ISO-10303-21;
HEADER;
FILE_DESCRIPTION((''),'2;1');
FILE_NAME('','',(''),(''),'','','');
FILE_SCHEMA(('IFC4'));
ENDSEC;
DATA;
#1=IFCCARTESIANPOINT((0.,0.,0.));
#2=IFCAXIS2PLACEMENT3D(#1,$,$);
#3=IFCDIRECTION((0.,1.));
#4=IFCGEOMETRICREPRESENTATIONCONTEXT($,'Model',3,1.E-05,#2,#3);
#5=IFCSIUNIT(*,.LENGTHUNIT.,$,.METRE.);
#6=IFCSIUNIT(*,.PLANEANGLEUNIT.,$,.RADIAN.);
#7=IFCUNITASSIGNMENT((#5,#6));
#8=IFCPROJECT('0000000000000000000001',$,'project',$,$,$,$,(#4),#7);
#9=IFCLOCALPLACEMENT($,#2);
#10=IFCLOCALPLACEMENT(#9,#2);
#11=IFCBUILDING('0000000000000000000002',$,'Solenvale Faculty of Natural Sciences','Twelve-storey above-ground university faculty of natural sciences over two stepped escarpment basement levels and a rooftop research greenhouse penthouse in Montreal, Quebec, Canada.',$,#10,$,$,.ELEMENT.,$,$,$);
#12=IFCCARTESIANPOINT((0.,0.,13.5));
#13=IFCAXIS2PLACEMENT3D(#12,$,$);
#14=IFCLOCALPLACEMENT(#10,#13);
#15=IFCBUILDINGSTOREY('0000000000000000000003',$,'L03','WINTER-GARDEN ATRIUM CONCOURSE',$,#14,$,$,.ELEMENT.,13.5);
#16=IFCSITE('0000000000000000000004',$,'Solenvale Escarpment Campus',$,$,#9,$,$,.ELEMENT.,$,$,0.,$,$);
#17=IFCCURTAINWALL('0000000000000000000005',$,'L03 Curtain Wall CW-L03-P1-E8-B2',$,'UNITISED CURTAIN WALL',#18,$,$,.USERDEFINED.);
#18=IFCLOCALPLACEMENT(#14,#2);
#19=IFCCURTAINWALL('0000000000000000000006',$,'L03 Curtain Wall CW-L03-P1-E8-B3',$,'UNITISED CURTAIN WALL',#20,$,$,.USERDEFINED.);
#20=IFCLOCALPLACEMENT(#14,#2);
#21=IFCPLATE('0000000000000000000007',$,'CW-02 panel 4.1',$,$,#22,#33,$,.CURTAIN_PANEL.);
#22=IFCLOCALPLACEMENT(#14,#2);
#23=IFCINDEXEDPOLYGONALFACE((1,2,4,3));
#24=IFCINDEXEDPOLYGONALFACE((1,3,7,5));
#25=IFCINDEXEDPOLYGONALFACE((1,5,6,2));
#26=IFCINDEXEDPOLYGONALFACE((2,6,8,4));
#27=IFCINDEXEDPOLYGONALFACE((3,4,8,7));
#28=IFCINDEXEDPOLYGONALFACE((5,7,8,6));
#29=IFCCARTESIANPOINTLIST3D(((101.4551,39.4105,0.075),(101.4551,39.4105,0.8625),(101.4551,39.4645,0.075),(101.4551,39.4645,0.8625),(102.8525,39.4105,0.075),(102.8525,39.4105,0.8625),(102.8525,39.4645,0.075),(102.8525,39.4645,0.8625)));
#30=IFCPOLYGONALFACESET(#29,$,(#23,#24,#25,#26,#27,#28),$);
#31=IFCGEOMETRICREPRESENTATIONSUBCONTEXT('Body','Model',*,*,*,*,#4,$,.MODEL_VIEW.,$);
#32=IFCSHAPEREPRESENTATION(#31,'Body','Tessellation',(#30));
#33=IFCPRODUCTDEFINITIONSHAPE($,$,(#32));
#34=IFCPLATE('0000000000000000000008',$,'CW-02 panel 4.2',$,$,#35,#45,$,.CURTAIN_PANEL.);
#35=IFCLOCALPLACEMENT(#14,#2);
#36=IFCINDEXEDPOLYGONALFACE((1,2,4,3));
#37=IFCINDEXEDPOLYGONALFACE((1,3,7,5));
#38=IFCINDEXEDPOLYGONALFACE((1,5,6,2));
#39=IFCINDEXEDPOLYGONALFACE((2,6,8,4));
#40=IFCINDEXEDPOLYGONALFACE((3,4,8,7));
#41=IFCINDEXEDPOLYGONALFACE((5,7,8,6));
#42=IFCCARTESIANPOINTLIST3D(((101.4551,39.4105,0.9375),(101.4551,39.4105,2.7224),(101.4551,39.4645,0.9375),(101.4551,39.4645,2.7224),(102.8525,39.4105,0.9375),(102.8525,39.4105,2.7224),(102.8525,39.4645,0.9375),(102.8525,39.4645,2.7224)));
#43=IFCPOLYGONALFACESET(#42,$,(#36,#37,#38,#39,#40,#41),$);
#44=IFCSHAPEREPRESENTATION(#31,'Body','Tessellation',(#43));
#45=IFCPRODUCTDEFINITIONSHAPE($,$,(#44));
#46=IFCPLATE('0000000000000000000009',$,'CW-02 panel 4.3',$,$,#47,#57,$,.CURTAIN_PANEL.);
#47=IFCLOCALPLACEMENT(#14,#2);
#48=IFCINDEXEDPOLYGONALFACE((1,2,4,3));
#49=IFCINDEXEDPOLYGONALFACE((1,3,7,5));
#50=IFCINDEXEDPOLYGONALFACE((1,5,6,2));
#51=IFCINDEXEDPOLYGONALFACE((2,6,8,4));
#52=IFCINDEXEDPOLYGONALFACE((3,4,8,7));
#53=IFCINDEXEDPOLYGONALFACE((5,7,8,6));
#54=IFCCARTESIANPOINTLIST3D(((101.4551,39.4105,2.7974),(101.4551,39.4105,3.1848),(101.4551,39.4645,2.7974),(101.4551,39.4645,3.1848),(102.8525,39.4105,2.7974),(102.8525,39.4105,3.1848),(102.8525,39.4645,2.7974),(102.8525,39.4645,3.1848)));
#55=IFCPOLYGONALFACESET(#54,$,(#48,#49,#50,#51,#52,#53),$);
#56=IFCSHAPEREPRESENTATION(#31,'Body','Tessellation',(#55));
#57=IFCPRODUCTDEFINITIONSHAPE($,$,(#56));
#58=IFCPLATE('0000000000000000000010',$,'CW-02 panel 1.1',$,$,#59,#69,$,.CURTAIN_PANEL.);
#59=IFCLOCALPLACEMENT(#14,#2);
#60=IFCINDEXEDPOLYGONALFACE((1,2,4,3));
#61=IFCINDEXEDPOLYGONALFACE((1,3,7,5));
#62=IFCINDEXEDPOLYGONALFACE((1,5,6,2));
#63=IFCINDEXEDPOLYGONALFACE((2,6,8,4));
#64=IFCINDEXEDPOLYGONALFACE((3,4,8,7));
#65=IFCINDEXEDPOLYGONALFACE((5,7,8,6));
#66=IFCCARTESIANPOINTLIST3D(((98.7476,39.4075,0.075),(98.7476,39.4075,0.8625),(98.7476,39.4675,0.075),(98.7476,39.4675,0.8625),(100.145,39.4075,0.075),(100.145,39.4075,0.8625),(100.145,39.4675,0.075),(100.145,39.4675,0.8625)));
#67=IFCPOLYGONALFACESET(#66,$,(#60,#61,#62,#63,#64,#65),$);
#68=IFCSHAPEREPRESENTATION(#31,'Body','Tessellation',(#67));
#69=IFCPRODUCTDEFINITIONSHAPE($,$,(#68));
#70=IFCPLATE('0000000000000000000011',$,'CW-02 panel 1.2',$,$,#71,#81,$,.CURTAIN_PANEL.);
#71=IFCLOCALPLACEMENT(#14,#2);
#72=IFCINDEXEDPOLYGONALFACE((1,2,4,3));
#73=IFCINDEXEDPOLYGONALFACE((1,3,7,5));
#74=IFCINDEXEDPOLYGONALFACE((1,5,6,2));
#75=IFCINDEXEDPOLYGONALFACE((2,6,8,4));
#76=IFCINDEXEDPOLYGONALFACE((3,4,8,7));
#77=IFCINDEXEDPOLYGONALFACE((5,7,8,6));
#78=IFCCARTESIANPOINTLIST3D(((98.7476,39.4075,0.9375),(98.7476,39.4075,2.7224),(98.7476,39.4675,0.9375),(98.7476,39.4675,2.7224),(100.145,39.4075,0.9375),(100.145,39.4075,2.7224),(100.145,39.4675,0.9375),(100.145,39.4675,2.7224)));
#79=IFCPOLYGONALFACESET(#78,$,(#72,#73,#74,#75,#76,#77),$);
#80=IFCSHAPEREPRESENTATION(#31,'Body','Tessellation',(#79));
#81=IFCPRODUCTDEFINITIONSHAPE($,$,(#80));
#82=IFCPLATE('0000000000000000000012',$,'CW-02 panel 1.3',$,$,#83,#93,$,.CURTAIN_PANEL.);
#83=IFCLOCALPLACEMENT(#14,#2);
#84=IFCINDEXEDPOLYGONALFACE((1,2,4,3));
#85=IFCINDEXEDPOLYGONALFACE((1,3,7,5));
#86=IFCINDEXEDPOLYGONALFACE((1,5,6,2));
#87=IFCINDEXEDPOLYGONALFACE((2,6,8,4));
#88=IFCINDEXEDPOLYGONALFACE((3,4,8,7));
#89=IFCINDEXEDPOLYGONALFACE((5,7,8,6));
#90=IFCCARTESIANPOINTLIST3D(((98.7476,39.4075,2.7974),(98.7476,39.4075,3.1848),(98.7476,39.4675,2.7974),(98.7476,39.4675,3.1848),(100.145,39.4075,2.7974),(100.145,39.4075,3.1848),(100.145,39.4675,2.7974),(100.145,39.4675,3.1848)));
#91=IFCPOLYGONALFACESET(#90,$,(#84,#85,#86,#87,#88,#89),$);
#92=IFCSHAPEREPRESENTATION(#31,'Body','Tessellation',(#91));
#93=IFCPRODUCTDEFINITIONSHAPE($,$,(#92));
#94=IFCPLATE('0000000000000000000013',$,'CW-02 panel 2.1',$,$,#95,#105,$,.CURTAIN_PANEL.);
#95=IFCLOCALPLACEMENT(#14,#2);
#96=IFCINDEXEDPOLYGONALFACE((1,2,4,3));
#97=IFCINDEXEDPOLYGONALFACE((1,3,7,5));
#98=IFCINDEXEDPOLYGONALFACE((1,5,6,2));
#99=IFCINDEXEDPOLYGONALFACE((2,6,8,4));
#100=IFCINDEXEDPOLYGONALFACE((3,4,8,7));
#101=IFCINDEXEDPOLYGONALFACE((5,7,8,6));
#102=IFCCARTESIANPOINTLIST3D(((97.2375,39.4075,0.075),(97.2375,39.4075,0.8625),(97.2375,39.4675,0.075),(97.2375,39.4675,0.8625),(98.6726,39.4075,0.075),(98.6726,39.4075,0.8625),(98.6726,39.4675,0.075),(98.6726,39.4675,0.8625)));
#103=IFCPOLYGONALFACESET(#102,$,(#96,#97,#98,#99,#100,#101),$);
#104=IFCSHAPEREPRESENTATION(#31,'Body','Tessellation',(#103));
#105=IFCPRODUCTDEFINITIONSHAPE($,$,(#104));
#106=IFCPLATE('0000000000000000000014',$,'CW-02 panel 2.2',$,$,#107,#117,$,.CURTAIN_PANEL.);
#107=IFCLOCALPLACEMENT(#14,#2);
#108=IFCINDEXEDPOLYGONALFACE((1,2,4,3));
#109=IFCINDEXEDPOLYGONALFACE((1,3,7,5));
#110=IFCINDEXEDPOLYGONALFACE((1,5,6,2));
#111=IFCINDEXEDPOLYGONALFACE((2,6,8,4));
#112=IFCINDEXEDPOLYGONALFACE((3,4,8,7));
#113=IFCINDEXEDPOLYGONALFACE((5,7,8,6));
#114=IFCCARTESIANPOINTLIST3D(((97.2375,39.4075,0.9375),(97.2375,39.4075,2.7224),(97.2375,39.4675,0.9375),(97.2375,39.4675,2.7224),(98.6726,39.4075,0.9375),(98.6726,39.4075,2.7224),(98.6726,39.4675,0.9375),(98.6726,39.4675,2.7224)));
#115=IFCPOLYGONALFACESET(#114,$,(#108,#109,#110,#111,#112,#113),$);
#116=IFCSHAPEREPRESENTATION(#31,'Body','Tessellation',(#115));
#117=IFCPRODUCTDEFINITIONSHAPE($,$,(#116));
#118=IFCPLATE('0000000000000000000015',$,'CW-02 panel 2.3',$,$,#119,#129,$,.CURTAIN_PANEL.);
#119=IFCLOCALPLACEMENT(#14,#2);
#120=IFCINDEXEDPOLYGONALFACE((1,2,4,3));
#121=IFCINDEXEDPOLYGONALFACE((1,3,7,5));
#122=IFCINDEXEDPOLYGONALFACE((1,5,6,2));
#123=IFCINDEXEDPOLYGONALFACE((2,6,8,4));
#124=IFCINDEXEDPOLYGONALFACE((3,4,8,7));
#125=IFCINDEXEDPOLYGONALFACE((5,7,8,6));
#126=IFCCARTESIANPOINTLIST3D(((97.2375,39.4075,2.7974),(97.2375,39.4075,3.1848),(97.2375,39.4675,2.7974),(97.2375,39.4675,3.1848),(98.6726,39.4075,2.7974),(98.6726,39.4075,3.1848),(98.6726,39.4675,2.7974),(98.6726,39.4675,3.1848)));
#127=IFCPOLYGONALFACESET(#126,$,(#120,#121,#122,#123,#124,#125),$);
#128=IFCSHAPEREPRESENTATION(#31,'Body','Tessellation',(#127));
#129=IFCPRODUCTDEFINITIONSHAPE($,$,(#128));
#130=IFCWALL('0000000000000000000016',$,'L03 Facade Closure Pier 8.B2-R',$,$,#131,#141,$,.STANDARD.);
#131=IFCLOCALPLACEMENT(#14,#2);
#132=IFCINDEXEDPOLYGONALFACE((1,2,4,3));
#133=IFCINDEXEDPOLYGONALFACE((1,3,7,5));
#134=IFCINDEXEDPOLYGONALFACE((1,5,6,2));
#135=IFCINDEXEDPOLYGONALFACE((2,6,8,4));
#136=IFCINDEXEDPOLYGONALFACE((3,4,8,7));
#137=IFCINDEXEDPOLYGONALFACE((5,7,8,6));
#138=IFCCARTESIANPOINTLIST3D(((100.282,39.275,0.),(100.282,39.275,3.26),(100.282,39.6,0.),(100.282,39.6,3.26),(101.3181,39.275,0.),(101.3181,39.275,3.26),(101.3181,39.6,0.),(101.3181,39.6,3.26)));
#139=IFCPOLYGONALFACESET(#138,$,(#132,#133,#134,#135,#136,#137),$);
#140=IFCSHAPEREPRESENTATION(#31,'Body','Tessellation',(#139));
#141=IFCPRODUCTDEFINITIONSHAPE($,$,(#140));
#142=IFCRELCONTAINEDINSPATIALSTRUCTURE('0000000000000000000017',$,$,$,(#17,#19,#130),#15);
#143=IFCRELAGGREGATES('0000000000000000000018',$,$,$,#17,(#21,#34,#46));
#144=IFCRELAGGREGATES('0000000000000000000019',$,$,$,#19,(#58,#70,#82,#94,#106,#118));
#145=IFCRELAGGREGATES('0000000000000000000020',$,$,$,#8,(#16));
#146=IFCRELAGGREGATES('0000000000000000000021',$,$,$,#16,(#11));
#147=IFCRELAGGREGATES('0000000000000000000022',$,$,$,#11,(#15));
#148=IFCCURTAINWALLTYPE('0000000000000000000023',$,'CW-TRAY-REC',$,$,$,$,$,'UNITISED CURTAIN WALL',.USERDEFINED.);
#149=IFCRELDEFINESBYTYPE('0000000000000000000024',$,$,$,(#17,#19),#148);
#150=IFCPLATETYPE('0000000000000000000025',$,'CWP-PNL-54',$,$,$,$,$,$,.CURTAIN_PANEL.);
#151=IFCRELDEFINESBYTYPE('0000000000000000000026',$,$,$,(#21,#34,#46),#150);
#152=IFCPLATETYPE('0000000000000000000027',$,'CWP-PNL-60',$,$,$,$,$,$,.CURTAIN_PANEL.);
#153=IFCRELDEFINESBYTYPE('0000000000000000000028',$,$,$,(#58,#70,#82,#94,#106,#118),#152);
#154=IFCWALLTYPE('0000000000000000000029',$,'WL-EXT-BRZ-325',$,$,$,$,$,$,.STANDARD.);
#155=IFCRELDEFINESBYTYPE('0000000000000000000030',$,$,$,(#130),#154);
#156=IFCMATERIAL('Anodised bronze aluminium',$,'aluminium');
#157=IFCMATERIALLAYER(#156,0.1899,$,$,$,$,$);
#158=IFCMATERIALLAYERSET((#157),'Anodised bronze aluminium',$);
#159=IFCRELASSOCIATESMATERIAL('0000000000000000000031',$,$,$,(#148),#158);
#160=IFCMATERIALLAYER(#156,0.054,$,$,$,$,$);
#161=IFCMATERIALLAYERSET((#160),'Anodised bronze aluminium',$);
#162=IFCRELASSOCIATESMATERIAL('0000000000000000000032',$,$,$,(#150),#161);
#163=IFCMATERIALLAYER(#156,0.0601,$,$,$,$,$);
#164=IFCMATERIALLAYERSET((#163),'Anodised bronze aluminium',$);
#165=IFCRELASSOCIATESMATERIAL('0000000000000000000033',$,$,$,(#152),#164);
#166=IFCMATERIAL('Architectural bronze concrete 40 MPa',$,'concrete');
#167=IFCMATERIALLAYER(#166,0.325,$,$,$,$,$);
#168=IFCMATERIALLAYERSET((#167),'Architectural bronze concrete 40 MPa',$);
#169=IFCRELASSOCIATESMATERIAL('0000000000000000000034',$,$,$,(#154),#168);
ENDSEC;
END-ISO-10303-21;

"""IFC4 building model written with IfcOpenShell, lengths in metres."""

from ifc_helpers import new_model, si_unit, direction, frame, frame_2d, origin, origin_2d, place, context, subcontext, project, spatial, rectangle, extrude, material, layer, layer_set, type_object, element, aggregate, save


model = new_model("IFC4")

# Units and contexts
model_context = context("Model", 3, precision=1e-05, world=origin(), true_north=direction((0.0, 1.0)))
body_context = subcontext(model_context, "Body", "Model", "MODEL_VIEW")
ifc_project = project(units=[si_unit("LENGTHUNIT", "METRE"), si_unit("PLANEANGLEUNIT", "RADIAN")], contexts=[model_context])

# Site, building, storey
site_placement = place(None, origin())
site = spatial("IfcSite", under=ifc_project, at=site_placement, Name="Solenvale Escarpment Campus", CompositionType="ELEMENT", RefElevation=0.0)
building_placement = place(site_placement, origin())
building = spatial("IfcBuilding", under=site, at=building_placement, Name="Solenvale Faculty of Natural Sciences", Description="Twelve-storey above-ground university faculty of natural sciences over two stepped escarpment basement levels and a rooftop research greenhouse penthouse in Montreal, Quebec, Canada.", CompositionType="ELEMENT")
storey_placement = place(building_placement, frame((0.0, 0.0, 13.5)))
storey = spatial("IfcBuildingStorey", under=building, at=storey_placement, Name="L03", Description="WINTER-GARDEN ATRIUM CONCOURSE", CompositionType="ELEMENT", Elevation=13.5)

# Curtain wall
ifc_material_1 = material(Name="Anodised bronze aluminium", Category="aluminium")
ifc_layer_1 = layer(ifc_material_1, 0.1899)
ifc_layer_set_1 = layer_set([ifc_layer_1], Name="Anodised bronze aluminium")
curtain_wall_type = type_object("IfcCurtainWallType", Name="CW-TRAY-REC", ElementType="UNITISED CURTAIN WALL", PredefinedType="USERDEFINED", material=ifc_layer_set_1)
curtain_wall_1_placement = place(storey_placement, origin())
curtain_wall_1 = element("IfcCurtainWall", 1, at=curtain_wall_1_placement, inside=storey, type_object=curtain_wall_type, Name="L03 Curtain Wall CW-L03-P1-E8-B2", ObjectType="UNITISED CURTAIN WALL", PredefinedType="USERDEFINED")

# Curtain wall
curtain_wall_2_placement = place(storey_placement, origin())
curtain_wall_2 = element("IfcCurtainWall", 2, at=curtain_wall_2_placement, inside=storey, type_object=curtain_wall_type, Name="L03 Curtain Wall CW-L03-P1-E8-B3", ObjectType="UNITISED CURTAIN WALL", PredefinedType="USERDEFINED")

# Plates
ifc_layer_2 = layer(ifc_material_1, 0.054)
ifc_layer_set_2 = layer_set([ifc_layer_2], Name="Anodised bronze aluminium")
plate_type_1 = type_object("IfcPlateType", Name="CWP-PNL-54", PredefinedType="CURTAIN_PANEL", material=ifc_layer_set_2)
plate_1_placement = place(storey_placement, frame((102.1538, 39.4375, 0.075), z_axis=(0.0, 0.0, 1.0), x_axis=(-1.0, 0.0, 0.0)))
plate_1 = element("IfcPlate", 3, at=plate_1_placement, type_object=plate_type_1, Name="CW-02 panel 4.1", PredefinedType="CURTAIN_PANEL", context=body_context, shape_type="SweptSolid", body=[
    extrude(rectangle(XDim=1.3975, YDim=0.054, at=origin_2d()), origin(), (0.0, 0.0, 1.0), 0.7876),
])
plate_2_placement = place(storey_placement, frame((102.1538, 39.4375, 0.9375), z_axis=(0.0, 0.0, 1.0), x_axis=(-1.0, 0.0, 0.0)))
plate_2 = element("IfcPlate", 4, at=plate_2_placement, type_object=plate_type_1, Name="CW-02 panel 4.2", PredefinedType="CURTAIN_PANEL", context=body_context, shape_type="SweptSolid", body=[
    extrude(rectangle(XDim=1.3975, YDim=0.054, at=origin_2d()), origin(), (0.0, 0.0, 1.0), 1.7849),
])
plate_3_placement = place(storey_placement, frame((102.1538, 39.4375, 2.7974), z_axis=(0.0, 0.0, 1.0), x_axis=(-1.0, 0.0, 0.0)))
plate_3 = element("IfcPlate", 5, at=plate_3_placement, type_object=plate_type_1, Name="CW-02 panel 4.3", PredefinedType="CURTAIN_PANEL", context=body_context, shape_type="SweptSolid", body=[
    extrude(rectangle(XDim=1.3975, YDim=0.054, at=origin_2d()), origin(), (0.0, 0.0, 1.0), 0.3875),
])
aggregate(curtain_wall_1, [plate_1, plate_2, plate_3])
ifc_layer_3 = layer(ifc_material_1, 0.0601)
ifc_layer_set_3 = layer_set([ifc_layer_3], Name="Anodised bronze aluminium")
plate_type_2 = type_object("IfcPlateType", Name="CWP-PNL-60", PredefinedType="CURTAIN_PANEL", material=ifc_layer_set_3)
plate_4_placement = place(storey_placement, frame((99.4463, 39.4375, 0.075), z_axis=(0.0, 0.0, 1.0), x_axis=(-1.0, 0.0, 0.0)))
plate_4 = element("IfcPlate", 6, at=plate_4_placement, type_object=plate_type_2, Name="CW-02 panel 1.1", PredefinedType="CURTAIN_PANEL", context=body_context, shape_type="SweptSolid", body=[
    extrude(rectangle(XDim=1.3975, YDim=0.0601, at=origin_2d()), origin(), (0.0, 0.0, 1.0), 0.7876),
])
plate_5_placement = place(storey_placement, frame((99.4463, 39.4375, 0.9375), z_axis=(0.0, 0.0, 1.0), x_axis=(-1.0, 0.0, 0.0)))
plate_5 = element("IfcPlate", 7, at=plate_5_placement, type_object=plate_type_2, Name="CW-02 panel 1.2", PredefinedType="CURTAIN_PANEL", context=body_context, shape_type="SweptSolid", body=[
    extrude(rectangle(XDim=1.3975, YDim=0.0601, at=origin_2d()), origin(), (0.0, 0.0, 1.0), 1.7849),
])
plate_6_placement = place(storey_placement, frame((99.4463, 39.4375, 2.7974), z_axis=(0.0, 0.0, 1.0), x_axis=(-1.0, 0.0, 0.0)))
plate_6 = element("IfcPlate", 8, at=plate_6_placement, type_object=plate_type_2, Name="CW-02 panel 1.3", PredefinedType="CURTAIN_PANEL", context=body_context, shape_type="SweptSolid", body=[
    extrude(rectangle(XDim=1.3975, YDim=0.0601, at=origin_2d()), origin(), (0.0, 0.0, 1.0), 0.3875),
])
plate_7_placement = place(storey_placement, frame((97.9551, 39.4375, 0.075), z_axis=(0.0, 0.0, 1.0), x_axis=(-1.0, 0.0, 0.0)))
plate_7 = element("IfcPlate", 9, at=plate_7_placement, type_object=plate_type_2, Name="CW-02 panel 2.1", PredefinedType="CURTAIN_PANEL", context=body_context, shape_type="SweptSolid", body=[
    extrude(rectangle(XDim=1.4351, YDim=0.0601, at=origin_2d()), origin(), (0.0, 0.0, 1.0), 0.7876),
])
plate_8_placement = place(storey_placement, frame((97.9551, 39.4375, 0.9375), z_axis=(0.0, 0.0, 1.0), x_axis=(-1.0, 0.0, 0.0)))
plate_8 = element("IfcPlate", 10, at=plate_8_placement, type_object=plate_type_2, Name="CW-02 panel 2.2", PredefinedType="CURTAIN_PANEL", context=body_context, shape_type="SweptSolid", body=[
    extrude(rectangle(XDim=1.4351, YDim=0.0601, at=origin_2d()), origin(), (0.0, 0.0, 1.0), 1.7849),
])
plate_9_placement = place(storey_placement, frame((97.9551, 39.4375, 2.7974), z_axis=(0.0, 0.0, 1.0), x_axis=(-1.0, 0.0, 0.0)))
plate_9 = element("IfcPlate", 11, at=plate_9_placement, type_object=plate_type_2, Name="CW-02 panel 2.3", PredefinedType="CURTAIN_PANEL", context=body_context, shape_type="SweptSolid", body=[
    extrude(rectangle(XDim=1.4351, YDim=0.0601, at=origin_2d()), origin(), (0.0, 0.0, 1.0), 0.3875),
])
aggregate(curtain_wall_2, [plate_4, plate_5, plate_6, plate_7, plate_8, plate_9])

# Wall
ifc_material_2 = material(Name="Architectural bronze concrete 40 MPa", Category="concrete")
ifc_layer_4 = layer(ifc_material_2, 0.325)
ifc_layer_set_4 = layer_set([ifc_layer_4], Name="Architectural bronze concrete 40 MPa")
wall_type = type_object("IfcWallType", Name="WL-EXT-BRZ-325", PredefinedType="STANDARD", material=ifc_layer_set_4)
wall_placement = place(storey_placement, frame((101.3181, 39.4375, 0.0), z_axis=(0.0, 0.0, 1.0), x_axis=(-1.0, 0.0, 0.0)))
element("IfcWall", 12, at=wall_placement, inside=storey, type_object=wall_type, Name="L03 Facade Closure Pier 8.B2-R", PredefinedType="STANDARD", context=body_context, shape_type="SweptSolid", body=[
    extrude(rectangle(XDim=1.0361, YDim=0.325, at=frame_2d((0.5181, 0.0))), origin(), (0.0, 0.0, 1.0), 3.26),
])

save(model, "model.ifc")
